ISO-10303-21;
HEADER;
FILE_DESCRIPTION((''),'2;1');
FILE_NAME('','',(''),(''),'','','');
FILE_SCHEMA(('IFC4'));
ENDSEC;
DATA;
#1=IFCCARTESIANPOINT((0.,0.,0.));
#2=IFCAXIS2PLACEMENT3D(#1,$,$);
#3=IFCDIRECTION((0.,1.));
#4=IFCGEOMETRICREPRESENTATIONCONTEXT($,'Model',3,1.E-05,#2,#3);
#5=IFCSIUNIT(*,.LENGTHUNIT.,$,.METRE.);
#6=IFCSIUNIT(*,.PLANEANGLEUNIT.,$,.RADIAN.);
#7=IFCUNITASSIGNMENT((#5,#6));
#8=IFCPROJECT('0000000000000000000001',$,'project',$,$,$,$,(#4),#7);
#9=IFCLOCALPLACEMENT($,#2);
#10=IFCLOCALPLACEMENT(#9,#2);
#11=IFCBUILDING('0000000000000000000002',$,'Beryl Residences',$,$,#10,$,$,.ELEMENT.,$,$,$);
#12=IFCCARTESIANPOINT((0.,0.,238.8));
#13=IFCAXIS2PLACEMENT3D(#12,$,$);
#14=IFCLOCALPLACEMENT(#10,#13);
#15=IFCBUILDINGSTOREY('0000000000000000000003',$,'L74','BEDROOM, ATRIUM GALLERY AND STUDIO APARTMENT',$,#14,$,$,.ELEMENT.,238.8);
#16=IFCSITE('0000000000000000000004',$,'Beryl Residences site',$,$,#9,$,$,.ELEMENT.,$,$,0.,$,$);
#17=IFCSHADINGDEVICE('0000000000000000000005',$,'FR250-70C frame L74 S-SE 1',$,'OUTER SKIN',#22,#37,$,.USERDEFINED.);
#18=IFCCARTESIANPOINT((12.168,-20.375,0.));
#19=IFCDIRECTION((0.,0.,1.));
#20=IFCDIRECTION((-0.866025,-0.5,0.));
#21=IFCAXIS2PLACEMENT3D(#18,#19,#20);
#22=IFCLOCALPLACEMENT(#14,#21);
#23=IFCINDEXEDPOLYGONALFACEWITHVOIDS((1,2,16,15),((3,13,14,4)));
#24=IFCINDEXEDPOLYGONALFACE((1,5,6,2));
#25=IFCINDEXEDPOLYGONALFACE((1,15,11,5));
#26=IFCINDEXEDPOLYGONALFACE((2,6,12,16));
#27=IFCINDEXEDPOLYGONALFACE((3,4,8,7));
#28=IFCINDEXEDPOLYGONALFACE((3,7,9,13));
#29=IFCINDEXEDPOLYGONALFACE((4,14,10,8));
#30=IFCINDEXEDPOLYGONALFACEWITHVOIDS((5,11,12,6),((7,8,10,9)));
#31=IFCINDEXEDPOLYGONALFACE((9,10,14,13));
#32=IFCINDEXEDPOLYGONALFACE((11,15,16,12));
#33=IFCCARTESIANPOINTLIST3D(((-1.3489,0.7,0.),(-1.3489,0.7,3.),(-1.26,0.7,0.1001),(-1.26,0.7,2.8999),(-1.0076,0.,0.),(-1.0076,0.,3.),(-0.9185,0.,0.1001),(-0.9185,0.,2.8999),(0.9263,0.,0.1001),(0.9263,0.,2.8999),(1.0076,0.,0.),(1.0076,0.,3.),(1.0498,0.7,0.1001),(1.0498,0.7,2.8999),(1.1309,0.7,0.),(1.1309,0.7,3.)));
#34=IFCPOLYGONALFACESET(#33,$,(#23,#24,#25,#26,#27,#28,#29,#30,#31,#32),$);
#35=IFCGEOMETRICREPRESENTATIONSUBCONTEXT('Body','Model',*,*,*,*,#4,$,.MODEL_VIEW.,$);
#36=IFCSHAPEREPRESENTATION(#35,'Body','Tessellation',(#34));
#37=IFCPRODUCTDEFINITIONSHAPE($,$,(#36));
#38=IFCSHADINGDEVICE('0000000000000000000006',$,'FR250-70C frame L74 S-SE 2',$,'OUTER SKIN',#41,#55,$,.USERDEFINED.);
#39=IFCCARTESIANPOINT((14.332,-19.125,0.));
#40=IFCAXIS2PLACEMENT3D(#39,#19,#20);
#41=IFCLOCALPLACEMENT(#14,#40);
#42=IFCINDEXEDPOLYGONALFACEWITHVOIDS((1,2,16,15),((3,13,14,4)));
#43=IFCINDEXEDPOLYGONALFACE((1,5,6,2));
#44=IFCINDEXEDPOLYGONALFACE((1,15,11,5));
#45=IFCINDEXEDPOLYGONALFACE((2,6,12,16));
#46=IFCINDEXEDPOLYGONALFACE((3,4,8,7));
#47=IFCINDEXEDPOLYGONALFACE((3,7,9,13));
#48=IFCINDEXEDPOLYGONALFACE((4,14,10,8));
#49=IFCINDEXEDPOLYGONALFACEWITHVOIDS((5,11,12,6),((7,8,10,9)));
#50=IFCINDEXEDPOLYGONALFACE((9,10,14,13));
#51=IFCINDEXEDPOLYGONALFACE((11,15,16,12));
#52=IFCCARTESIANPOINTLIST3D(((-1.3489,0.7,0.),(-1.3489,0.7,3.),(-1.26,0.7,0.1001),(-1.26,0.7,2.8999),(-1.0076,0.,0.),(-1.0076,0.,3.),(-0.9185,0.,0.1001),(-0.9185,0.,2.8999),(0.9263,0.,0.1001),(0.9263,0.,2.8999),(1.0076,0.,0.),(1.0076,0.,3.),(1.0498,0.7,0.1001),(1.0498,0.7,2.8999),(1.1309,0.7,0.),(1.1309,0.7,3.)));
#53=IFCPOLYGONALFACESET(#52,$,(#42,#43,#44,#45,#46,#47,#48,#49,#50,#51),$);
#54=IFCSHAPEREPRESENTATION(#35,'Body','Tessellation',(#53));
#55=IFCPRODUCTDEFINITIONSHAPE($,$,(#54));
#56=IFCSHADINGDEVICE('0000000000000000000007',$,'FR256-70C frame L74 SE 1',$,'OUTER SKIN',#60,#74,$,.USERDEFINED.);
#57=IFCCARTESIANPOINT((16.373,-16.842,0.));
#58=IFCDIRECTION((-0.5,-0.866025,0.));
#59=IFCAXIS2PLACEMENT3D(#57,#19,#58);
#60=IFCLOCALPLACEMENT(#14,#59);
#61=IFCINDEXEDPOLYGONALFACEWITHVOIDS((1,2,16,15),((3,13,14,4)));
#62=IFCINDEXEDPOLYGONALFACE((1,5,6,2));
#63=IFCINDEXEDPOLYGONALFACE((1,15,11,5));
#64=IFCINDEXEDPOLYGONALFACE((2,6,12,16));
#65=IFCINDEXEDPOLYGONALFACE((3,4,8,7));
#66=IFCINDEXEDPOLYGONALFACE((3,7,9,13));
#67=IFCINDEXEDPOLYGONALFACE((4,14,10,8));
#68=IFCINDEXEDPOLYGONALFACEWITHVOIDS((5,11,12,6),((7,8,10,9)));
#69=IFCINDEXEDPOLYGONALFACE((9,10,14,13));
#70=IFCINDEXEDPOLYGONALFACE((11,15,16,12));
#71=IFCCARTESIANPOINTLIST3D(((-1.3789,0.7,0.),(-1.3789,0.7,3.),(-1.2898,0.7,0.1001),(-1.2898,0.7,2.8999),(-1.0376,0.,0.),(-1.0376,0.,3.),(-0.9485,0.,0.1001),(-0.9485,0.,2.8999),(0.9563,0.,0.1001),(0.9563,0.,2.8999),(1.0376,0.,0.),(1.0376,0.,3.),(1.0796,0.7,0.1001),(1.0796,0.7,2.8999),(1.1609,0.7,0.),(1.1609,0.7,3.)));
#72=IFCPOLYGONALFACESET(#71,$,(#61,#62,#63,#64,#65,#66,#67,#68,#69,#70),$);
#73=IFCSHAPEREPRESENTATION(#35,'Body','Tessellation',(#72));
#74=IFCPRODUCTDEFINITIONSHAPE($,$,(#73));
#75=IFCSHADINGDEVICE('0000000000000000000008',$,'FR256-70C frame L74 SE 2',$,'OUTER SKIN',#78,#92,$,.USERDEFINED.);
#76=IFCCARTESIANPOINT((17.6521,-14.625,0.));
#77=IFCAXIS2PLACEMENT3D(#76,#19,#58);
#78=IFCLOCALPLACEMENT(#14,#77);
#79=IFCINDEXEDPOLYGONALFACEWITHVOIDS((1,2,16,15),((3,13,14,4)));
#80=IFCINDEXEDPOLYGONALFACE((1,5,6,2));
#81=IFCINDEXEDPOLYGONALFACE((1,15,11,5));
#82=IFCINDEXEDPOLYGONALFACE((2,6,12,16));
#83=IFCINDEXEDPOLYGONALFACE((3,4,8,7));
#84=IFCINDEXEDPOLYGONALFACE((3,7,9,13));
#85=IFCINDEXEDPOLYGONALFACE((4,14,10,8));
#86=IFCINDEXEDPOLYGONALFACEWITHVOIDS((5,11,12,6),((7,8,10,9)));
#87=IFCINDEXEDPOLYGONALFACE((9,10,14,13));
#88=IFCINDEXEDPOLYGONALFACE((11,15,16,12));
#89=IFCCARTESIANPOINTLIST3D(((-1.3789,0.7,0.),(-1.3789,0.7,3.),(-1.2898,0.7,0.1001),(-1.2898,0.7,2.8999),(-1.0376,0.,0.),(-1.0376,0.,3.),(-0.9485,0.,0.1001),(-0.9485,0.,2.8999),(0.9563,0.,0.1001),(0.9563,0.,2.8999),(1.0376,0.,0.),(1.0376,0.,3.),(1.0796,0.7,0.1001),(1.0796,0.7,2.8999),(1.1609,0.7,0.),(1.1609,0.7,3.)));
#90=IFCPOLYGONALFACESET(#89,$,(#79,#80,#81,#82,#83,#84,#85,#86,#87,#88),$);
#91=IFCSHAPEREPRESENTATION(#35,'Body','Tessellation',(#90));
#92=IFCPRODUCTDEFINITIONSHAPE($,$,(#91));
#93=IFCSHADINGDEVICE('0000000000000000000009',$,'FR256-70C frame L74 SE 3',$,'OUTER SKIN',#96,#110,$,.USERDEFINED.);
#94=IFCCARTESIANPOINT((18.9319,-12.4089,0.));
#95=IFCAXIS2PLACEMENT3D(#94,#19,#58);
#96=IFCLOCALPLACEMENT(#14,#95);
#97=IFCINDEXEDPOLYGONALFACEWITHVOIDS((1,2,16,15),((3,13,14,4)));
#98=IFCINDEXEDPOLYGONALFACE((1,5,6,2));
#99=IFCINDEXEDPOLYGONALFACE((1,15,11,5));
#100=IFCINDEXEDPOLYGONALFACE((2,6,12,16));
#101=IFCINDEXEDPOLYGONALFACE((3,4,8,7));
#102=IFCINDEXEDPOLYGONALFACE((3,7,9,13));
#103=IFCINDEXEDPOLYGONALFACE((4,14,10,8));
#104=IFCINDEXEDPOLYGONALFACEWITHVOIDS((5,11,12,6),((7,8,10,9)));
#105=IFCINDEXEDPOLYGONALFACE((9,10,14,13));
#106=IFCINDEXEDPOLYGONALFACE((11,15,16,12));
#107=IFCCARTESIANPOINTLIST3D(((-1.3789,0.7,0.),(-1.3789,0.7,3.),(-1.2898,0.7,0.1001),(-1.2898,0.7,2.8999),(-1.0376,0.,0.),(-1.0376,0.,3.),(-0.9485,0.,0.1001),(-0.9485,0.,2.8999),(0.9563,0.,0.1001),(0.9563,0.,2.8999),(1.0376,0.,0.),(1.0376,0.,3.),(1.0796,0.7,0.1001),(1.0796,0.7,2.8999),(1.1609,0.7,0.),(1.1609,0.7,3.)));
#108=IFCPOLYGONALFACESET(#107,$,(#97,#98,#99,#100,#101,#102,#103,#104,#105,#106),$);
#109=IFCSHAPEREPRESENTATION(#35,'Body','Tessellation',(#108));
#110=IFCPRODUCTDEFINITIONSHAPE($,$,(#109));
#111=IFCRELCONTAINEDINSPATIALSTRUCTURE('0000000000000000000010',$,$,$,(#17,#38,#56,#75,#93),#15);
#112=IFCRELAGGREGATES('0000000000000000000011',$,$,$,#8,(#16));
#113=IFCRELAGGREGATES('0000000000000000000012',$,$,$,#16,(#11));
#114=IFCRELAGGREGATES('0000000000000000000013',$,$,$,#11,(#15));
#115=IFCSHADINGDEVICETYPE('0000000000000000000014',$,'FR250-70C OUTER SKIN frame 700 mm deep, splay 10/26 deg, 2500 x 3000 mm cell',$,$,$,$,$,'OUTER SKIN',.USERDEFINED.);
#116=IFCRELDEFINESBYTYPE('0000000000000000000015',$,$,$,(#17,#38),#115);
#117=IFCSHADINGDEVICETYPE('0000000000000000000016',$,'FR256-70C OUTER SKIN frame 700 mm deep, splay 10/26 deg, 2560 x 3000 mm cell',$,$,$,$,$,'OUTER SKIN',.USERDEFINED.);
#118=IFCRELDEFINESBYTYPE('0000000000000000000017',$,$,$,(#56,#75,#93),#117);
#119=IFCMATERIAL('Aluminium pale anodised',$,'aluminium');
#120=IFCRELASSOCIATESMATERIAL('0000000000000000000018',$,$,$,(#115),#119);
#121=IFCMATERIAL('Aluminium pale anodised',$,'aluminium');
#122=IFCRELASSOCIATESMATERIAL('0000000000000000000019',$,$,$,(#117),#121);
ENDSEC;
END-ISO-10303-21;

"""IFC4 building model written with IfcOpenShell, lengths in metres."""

from ifc_helpers import new_model, entity, si_unit, direction, frame, origin, place, context, subcontext, project, spatial, source, transform, mapped, material, type_object, type_shapes, element, save


model = new_model("IFC4")

# Units and contexts
model_context = context("Model", 3, precision=1e-05, world=origin(), true_north=direction((0.0, 1.0)))
body_context = subcontext(model_context, "Body", "Model", "MODEL_VIEW")
ifc_project = project(units=[si_unit("LENGTHUNIT", "METRE"), si_unit("PLANEANGLEUNIT", "RADIAN")], contexts=[model_context])

# Site, building, storey
site_placement = place(None, origin())
site = spatial("IfcSite", under=ifc_project, at=site_placement, Name="Beryl Residences site", CompositionType="ELEMENT", RefElevation=0.0)
building_placement = place(site_placement, origin())
building = spatial("IfcBuilding", under=site, at=building_placement, Name="Beryl Residences", CompositionType="ELEMENT")
storey_placement = place(building_placement, frame((0.0, 0.0, 238.8)))
storey = spatial("IfcBuildingStorey", under=building, at=storey_placement, Name="L74", Description="BEDROOM, ATRIUM GALLERY AND STUDIO APARTMENT", CompositionType="ELEMENT", Elevation=238.8)

# Shading devices
ifc_material_1 = material(Name="Aluminium pale anodised", Category="aluminium")
shading_device_type_1 = type_object("IfcShadingDeviceType", Name="FR250-70C OUTER SKIN frame 700 mm deep, splay 10/26 deg, 2500 x 3000 mm cell", ElementType="OUTER SKIN", PredefinedType="USERDEFINED", material=ifc_material_1)
cartesian_point_1 = entity("IfcCartesianPoint", [-1.0076, 0.0])
cartesian_point_2 = entity("IfcCartesianPoint", [-0.9263, 0.1001])
cartesian_point_3 = entity("IfcCartesianPoint", [-1.1309, 0.0])
cartesian_point_4 = entity("IfcCartesianPoint", [-1.0498, 0.1001])
shared_shape_1 = source(origin(), body_context, "Body", "SweptSolid", [
    entity("IfcExtrudedAreaSolidTapered", entity("IfcArbitraryProfileDefWithVoids", "AREA", None, entity("IfcPolyline", [cartesian_point_1, entity("IfcCartesianPoint", [1.0076, 0.0]), entity("IfcCartesianPoint", [1.0076, 3.0]), entity("IfcCartesianPoint", [-1.0076, 3.0]), cartesian_point_1]), [entity("IfcPolyline", [cartesian_point_2, entity("IfcCartesianPoint", [0.9185, 0.1001]), entity("IfcCartesianPoint", [0.9185, 2.8999]), entity("IfcCartesianPoint", [-0.9263, 2.8999]), cartesian_point_2])]), entity("IfcAxis2Placement3D", entity("IfcCartesianPoint", [0.0, 0.0, 0.0]), entity("IfcDirection", [0.0, 1.0, 0.0]), entity("IfcDirection", [-1.0, 0.0, 0.0])), entity("IfcDirection", [0.0, 0.0, 1.0]), 0.7, entity("IfcArbitraryProfileDefWithVoids", "AREA", None, entity("IfcPolyline", [cartesian_point_3, entity("IfcCartesianPoint", [1.3489, 0.0]), entity("IfcCartesianPoint", [1.3489, 3.0]), entity("IfcCartesianPoint", [-1.1309, 3.0]), cartesian_point_3]), [entity("IfcPolyline", [cartesian_point_4, entity("IfcCartesianPoint", [1.26, 0.1001]), entity("IfcCartesianPoint", [1.26, 2.8999]), entity("IfcCartesianPoint", [-1.0498, 2.8999]), cartesian_point_4])])),
])
type_shapes(shading_device_type_1, [shared_shape_1])
for number, where, z_axis, x_axis, name in (
    (1, (12.168, -20.375, 0.0), (0.0, 0.0, 1.0), (-0.866025, -0.5, 0.0), "FR250-70C frame L74 S-SE 1"),
    (2, (14.332, -19.125, 0.0), (0.0, 0.0, 1.0), (-0.866025, -0.5, 0.0), "FR250-70C frame L74 S-SE 2"),
):
    element("IfcShadingDevice", number, at=place(storey_placement, frame(where, z_axis=z_axis, x_axis=x_axis)), inside=storey, type_object=shading_device_type_1, Name=name, ObjectType="OUTER SKIN", PredefinedType="USERDEFINED", context=body_context, shape_type="MappedRepresentation", body=[
        mapped(shared_shape_1, transform((0.0, 0.0, 0.0))),
    ])
ifc_material_2 = material(Name="Aluminium pale anodised", Category="aluminium")
shading_device_type_2 = type_object("IfcShadingDeviceType", Name="FR256-70C OUTER SKIN frame 700 mm deep, splay 10/26 deg, 2560 x 3000 mm cell", ElementType="OUTER SKIN", PredefinedType="USERDEFINED", material=ifc_material_2)
cartesian_point_5 = entity("IfcCartesianPoint", [-1.0376, 0.0])
cartesian_point_6 = entity("IfcCartesianPoint", [-0.9563, 0.1001])
cartesian_point_7 = entity("IfcCartesianPoint", [-1.1609, 0.0])
cartesian_point_8 = entity("IfcCartesianPoint", [-1.0796, 0.1001])
shared_shape_2 = source(origin(), body_context, "Body", "SweptSolid", [
    entity("IfcExtrudedAreaSolidTapered", entity("IfcArbitraryProfileDefWithVoids", "AREA", None, entity("IfcPolyline", [cartesian_point_5, entity("IfcCartesianPoint", [1.0376, 0.0]), entity("IfcCartesianPoint", [1.0376, 3.0]), entity("IfcCartesianPoint", [-1.0376, 3.0]), cartesian_point_5]), [entity("IfcPolyline", [cartesian_point_6, entity("IfcCartesianPoint", [0.9485, 0.1001]), entity("IfcCartesianPoint", [0.9485, 2.8999]), entity("IfcCartesianPoint", [-0.9563, 2.8999]), cartesian_point_6])]), entity("IfcAxis2Placement3D", entity("IfcCartesianPoint", [0.0, 0.0, 0.0]), entity("IfcDirection", [0.0, 1.0, 0.0]), entity("IfcDirection", [-1.0, 0.0, 0.0])), entity("IfcDirection", [0.0, 0.0, 1.0]), 0.7, entity("IfcArbitraryProfileDefWithVoids", "AREA", None, entity("IfcPolyline", [cartesian_point_7, entity("IfcCartesianPoint", [1.3789, 0.0]), entity("IfcCartesianPoint", [1.3789, 3.0]), entity("IfcCartesianPoint", [-1.1609, 3.0]), cartesian_point_7]), [entity("IfcPolyline", [cartesian_point_8, entity("IfcCartesianPoint", [1.2898, 0.1001]), entity("IfcCartesianPoint", [1.2898, 2.8999]), entity("IfcCartesianPoint", [-1.0796, 2.8999]), cartesian_point_8])])),
])
type_shapes(shading_device_type_2, [shared_shape_2])
for number, where, z_axis, x_axis, name in (
    (3, (16.373, -16.842, 0.0), (0.0, 0.0, 1.0), (-0.5, -0.866025, 0.0), "FR256-70C frame L74 SE 1"),
    (4, (17.6521, -14.625, 0.0), (0.0, 0.0, 1.0), (-0.5, -0.866025, 0.0), "FR256-70C frame L74 SE 2"),
    (5, (18.9319, -12.4089, 0.0), (0.0, 0.0, 1.0), (-0.5, -0.866025, 0.0), "FR256-70C frame L74 SE 3"),
):
    element("IfcShadingDevice", number, at=place(storey_placement, frame(where, z_axis=z_axis, x_axis=x_axis)), inside=storey, type_object=shading_device_type_2, Name=name, ObjectType="OUTER SKIN", PredefinedType="USERDEFINED", context=body_context, shape_type="MappedRepresentation", body=[
        mapped(shared_shape_2, transform((0.0, 0.0, 0.0))),
    ])

save(model, "model.ifc")
